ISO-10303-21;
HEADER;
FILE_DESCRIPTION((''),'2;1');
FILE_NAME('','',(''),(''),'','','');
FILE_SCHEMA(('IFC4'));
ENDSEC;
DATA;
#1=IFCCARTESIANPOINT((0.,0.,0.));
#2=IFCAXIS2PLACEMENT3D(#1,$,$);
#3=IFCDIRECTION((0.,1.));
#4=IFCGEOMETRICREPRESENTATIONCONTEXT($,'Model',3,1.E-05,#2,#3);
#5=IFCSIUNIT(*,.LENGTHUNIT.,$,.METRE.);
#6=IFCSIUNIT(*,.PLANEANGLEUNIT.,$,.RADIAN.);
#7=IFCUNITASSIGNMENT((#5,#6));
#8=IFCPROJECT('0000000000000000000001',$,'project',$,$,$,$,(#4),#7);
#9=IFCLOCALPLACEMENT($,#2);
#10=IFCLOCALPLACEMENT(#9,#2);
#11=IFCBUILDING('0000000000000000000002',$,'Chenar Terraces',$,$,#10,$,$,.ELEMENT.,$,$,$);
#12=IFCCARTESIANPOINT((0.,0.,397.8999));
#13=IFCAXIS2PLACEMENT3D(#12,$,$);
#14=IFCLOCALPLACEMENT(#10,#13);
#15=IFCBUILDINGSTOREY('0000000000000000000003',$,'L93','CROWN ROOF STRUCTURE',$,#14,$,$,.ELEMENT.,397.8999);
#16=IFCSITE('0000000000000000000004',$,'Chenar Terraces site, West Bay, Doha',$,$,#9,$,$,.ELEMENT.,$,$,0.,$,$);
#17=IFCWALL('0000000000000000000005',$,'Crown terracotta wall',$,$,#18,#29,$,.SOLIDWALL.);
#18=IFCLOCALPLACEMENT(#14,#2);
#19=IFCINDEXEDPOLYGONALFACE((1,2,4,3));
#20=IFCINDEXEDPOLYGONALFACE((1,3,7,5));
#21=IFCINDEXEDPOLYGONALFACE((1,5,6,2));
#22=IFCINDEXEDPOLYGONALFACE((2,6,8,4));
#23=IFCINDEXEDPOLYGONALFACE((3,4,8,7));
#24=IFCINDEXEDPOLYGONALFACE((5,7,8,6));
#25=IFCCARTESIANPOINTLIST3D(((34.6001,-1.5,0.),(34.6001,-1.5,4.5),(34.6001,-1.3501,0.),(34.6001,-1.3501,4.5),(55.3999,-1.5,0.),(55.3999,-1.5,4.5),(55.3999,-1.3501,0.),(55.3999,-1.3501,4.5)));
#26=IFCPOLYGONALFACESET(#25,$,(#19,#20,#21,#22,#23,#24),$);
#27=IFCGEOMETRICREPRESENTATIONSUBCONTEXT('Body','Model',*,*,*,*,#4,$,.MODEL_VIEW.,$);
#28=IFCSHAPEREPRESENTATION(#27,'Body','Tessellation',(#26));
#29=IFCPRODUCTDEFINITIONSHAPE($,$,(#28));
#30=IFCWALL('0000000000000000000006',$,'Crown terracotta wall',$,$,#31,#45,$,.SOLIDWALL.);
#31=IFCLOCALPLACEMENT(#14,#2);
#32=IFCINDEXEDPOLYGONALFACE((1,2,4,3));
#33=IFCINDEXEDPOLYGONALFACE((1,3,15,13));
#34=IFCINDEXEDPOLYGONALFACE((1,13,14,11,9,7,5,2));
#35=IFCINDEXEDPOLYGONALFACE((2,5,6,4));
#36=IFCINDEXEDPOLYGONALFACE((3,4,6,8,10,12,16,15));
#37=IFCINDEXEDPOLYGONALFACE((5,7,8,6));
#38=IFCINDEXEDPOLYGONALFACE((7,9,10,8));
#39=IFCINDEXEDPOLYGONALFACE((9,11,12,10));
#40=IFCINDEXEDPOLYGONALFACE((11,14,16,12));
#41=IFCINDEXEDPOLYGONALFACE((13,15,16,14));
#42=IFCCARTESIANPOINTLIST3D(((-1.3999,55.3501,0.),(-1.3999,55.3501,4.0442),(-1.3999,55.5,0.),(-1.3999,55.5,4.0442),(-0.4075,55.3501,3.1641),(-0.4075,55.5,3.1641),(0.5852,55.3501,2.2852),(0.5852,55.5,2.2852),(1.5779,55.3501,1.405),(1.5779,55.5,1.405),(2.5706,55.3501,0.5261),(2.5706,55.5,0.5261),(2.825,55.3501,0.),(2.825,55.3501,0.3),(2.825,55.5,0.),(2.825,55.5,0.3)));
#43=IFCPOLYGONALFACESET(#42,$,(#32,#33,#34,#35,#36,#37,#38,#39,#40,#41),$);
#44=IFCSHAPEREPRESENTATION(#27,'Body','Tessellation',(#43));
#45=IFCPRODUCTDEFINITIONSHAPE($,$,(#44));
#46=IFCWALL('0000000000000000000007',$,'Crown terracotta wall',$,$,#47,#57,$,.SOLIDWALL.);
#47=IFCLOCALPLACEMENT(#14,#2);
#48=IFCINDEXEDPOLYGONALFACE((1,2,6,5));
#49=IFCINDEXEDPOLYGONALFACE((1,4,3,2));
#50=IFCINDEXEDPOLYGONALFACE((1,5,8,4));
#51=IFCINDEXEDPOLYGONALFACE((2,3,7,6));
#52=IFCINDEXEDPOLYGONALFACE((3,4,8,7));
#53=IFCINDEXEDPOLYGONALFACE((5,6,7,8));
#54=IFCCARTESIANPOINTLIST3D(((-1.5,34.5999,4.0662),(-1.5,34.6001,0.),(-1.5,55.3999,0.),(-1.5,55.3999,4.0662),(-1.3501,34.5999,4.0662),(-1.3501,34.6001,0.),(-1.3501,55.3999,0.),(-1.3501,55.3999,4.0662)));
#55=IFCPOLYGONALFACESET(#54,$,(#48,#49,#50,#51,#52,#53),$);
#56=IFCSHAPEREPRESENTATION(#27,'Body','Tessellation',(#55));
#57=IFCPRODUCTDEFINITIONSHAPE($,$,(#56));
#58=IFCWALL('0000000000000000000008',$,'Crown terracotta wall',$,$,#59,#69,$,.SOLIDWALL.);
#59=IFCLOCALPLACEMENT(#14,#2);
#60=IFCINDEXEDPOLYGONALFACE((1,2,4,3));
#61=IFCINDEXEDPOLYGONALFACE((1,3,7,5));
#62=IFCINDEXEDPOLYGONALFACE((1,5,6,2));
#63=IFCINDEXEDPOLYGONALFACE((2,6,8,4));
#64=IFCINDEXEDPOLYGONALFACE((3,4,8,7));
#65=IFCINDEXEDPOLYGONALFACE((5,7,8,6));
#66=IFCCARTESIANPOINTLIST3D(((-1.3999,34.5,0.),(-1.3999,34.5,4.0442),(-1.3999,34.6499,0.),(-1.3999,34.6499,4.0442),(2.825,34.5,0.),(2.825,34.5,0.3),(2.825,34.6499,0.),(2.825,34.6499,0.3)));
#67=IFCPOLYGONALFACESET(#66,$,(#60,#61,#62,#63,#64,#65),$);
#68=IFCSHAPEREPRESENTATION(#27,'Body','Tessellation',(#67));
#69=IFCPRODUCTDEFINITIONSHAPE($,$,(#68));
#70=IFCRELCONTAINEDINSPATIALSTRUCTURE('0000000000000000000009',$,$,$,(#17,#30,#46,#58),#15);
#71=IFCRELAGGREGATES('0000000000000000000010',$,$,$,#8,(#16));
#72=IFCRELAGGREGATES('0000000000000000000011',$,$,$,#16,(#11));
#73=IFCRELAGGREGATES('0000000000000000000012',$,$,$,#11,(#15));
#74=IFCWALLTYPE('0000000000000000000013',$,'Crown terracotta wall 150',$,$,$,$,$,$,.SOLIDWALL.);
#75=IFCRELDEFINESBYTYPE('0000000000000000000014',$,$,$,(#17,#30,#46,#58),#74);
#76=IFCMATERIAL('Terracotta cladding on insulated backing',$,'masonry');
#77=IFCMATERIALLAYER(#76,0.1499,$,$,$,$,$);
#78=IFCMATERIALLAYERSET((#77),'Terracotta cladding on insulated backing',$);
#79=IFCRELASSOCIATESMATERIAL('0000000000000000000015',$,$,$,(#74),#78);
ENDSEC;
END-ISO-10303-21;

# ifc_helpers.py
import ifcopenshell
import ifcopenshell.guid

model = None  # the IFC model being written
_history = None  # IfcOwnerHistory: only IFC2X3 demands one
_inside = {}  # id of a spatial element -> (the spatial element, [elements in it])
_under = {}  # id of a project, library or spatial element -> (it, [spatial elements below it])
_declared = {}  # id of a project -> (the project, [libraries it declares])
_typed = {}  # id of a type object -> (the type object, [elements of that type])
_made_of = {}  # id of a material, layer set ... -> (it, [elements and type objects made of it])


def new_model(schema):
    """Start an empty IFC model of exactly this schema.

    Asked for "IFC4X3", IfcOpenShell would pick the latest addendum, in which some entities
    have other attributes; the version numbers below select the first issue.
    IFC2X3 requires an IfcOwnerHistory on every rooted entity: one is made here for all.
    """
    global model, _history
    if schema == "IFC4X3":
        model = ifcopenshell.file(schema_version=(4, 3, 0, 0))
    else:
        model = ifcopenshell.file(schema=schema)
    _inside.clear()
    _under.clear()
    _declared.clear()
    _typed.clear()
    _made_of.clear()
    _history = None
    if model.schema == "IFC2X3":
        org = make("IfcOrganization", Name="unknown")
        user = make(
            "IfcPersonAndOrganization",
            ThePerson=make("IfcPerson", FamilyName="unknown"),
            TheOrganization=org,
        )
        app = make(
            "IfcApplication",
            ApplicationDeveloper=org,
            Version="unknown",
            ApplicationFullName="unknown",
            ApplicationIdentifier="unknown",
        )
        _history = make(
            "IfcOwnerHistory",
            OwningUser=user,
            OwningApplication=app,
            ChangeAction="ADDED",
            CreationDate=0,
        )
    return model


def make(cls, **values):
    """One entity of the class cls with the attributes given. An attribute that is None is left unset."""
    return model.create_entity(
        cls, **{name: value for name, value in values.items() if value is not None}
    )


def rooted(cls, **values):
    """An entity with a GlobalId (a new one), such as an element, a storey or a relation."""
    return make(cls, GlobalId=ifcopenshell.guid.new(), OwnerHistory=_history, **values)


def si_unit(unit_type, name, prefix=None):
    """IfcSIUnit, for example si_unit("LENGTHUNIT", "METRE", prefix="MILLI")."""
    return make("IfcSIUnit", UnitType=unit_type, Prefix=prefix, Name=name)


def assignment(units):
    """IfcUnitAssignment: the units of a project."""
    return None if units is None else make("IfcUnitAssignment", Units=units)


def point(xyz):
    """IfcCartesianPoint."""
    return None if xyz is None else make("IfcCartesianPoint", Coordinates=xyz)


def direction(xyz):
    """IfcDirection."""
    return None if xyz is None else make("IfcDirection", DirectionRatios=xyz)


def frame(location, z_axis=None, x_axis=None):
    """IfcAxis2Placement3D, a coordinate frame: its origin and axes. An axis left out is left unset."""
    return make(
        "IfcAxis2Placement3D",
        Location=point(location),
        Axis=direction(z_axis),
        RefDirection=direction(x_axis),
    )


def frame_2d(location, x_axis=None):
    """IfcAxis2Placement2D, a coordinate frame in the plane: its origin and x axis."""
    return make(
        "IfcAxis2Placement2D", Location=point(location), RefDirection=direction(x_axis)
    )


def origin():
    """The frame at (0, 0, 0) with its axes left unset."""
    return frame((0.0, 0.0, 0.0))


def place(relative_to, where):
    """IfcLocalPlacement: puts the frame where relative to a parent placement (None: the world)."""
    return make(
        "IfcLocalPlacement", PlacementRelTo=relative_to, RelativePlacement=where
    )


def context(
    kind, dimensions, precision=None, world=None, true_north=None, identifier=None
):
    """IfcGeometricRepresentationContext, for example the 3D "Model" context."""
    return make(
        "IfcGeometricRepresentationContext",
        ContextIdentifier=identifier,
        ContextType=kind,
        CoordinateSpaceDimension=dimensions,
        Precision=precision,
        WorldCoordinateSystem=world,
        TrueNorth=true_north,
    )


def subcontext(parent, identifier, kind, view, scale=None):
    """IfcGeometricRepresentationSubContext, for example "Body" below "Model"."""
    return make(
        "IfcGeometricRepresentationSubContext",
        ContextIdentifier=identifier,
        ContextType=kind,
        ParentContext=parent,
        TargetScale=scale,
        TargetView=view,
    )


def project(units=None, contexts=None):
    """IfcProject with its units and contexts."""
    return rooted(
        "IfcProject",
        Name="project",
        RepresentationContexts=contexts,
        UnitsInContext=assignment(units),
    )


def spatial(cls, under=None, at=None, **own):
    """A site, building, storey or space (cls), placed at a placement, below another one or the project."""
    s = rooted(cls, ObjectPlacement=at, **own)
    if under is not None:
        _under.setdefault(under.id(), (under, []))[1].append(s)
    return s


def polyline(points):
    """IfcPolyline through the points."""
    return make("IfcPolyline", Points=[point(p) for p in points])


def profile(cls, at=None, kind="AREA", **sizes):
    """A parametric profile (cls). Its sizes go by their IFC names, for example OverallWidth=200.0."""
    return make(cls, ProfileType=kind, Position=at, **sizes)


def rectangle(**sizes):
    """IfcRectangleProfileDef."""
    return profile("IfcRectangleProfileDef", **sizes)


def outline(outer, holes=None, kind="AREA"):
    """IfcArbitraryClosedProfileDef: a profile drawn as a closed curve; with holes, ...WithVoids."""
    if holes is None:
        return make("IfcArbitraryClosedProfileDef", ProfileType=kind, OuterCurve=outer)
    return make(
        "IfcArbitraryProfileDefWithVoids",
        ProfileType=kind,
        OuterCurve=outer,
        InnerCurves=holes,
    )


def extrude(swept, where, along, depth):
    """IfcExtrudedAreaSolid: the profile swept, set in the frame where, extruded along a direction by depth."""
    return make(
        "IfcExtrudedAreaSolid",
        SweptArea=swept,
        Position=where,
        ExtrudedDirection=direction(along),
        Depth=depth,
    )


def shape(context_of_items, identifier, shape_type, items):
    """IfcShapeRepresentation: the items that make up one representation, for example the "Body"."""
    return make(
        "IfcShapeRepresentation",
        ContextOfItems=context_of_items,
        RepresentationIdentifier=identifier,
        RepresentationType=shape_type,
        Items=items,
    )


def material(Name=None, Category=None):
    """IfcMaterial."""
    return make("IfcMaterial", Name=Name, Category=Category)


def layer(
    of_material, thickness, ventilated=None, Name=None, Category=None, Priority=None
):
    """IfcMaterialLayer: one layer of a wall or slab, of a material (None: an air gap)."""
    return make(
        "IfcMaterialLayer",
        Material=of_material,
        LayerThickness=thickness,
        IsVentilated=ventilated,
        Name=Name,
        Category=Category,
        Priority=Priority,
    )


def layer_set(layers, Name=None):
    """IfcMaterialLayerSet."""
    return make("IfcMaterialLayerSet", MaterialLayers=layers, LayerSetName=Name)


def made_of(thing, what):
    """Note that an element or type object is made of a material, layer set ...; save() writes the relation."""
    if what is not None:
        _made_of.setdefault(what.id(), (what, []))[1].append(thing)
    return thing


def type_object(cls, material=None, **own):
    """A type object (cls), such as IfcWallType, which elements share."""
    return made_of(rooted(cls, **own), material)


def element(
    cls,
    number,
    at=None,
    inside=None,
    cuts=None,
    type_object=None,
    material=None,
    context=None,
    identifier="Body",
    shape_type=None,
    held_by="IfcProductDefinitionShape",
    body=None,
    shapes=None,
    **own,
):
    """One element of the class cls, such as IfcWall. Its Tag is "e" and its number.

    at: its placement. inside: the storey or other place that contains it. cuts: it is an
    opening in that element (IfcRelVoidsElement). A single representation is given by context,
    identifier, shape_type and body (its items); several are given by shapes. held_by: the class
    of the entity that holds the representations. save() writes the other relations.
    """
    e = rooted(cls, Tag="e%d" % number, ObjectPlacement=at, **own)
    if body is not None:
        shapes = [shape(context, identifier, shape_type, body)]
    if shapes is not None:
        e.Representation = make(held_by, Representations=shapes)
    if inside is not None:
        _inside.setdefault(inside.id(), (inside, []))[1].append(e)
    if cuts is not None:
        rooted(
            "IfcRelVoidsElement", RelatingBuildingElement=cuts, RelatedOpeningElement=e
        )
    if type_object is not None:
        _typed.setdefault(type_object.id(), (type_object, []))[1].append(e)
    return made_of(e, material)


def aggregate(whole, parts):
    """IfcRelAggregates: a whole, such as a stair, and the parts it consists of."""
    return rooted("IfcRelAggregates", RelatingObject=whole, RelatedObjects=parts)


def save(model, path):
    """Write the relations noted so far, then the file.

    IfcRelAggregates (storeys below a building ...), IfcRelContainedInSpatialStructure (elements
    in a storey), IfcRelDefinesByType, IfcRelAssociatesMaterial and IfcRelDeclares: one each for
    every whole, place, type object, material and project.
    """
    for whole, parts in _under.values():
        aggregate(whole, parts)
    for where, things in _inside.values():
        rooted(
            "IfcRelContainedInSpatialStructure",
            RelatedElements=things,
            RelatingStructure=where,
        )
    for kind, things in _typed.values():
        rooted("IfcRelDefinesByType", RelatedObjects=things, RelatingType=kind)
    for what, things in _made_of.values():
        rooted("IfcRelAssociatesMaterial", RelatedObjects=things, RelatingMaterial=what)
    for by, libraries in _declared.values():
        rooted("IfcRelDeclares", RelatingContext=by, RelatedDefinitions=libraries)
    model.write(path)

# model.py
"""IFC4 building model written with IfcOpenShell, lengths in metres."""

from ifc_helpers import new_model, si_unit, direction, frame, frame_2d, origin, place, context, subcontext, project, spatial, polyline, rectangle, outline, extrude, material, layer, layer_set, type_object, element, save


model = new_model("IFC4")

# Units and contexts
model_context = context("Model", 3, precision=1e-05, world=origin(), true_north=direction((0.0, 1.0)))
body_context = subcontext(model_context, "Body", "Model", "MODEL_VIEW")
ifc_project = project(units=[si_unit("LENGTHUNIT", "METRE"), si_unit("PLANEANGLEUNIT", "RADIAN")], contexts=[model_context])

# Site, building, storey
site_placement = place(None, origin())
site = spatial("IfcSite", under=ifc_project, at=site_placement, Name="Chenar Terraces site, West Bay, Doha", CompositionType="ELEMENT", RefElevation=0.0)
building_placement = place(site_placement, origin())
building = spatial("IfcBuilding", under=site, at=building_placement, Name="Chenar Terraces", CompositionType="ELEMENT")
storey_placement = place(building_placement, frame((0.0, 0.0, 397.8999)))
storey = spatial("IfcBuildingStorey", under=building, at=storey_placement, Name="L93", Description="CROWN ROOF STRUCTURE", CompositionType="ELEMENT", Elevation=397.8999)

# Walls
ifc_material_1 = material(Name="Terracotta cladding on insulated backing", Category="masonry")
ifc_layer_1 = layer(ifc_material_1, 0.1499)
ifc_layer_set_1 = layer_set([ifc_layer_1], Name="Terracotta cladding on insulated backing")
wall_type = type_object("IfcWallType", Name="Crown terracotta wall 150", PredefinedType="SOLIDWALL", material=ifc_layer_set_1)
wall_1_placement = place(storey_placement, frame((34.6001, -1.425, 0.0), z_axis=(0.0, 0.0, 1.0), x_axis=(1.0, 0.0, 0.0)))
element("IfcWall", 1, at=wall_1_placement, inside=storey, type_object=wall_type, Name="Crown terracotta wall", PredefinedType="SOLIDWALL", context=body_context, shape_type="SweptSolid", body=[
    extrude(rectangle(XDim=20.7998, YDim=0.1499, at=frame_2d((10.3999, 0.0))), origin(), (0.0, 0.0, 1.0), 4.5),
])
wall_2_placement = place(storey_placement, frame((2.825, 55.425, 0.0), z_axis=(0.0, 0.0, 1.0), x_axis=(-1.0, 0.0, 0.0)))
element("IfcWall", 2, at=wall_2_placement, inside=storey, type_object=wall_type, Name="Crown terracotta wall", PredefinedType="SOLIDWALL", context=body_context, shape_type="SweptSolid", body=[
    extrude(outline(polyline([(0.0, 0.0), (4.2249, 0.0), (4.2249, 4.0442), (3.2324, 3.1641), (2.2397, 2.2852), (1.2471, 1.405), (0.2544, 0.5261), (0.0, 0.3), (0.0, 0.0)])), frame((0.0, 0.075, 0.0), z_axis=(0.0, -1.0, 0.0), x_axis=(1.0, 0.0, 0.0)), (0.0, 0.0, 1.0), 0.1499),
])
wall_3_placement = place(storey_placement, frame((-1.425, 55.3999, 0.0), z_axis=(0.0, 0.0, 1.0), x_axis=(0.0, -1.0, 0.0)))
element("IfcWall", 3, at=wall_3_placement, inside=storey, type_object=wall_type, Name="Crown terracotta wall", PredefinedType="SOLIDWALL", context=body_context, shape_type="SweptSolid", body=[
    extrude(outline(polyline([(0.0, 0.0), (20.7998, 0.0), (20.8, 4.0662), (0.0, 4.0662), (0.0, 0.0)])), frame((0.0, 0.075, 0.0), z_axis=(0.0, -1.0, 0.0), x_axis=(1.0, 0.0, 0.0)), (0.0, 0.0, 1.0), 0.1499),
])
wall_4_placement = place(storey_placement, frame((-1.3999, 34.575, 0.0), z_axis=(0.0, 0.0, 1.0), x_axis=(1.0, 0.0, 0.0)))
element("IfcWall", 4, at=wall_4_placement, inside=storey, type_object=wall_type, Name="Crown terracotta wall", PredefinedType="SOLIDWALL", context=body_context, shape_type="SweptSolid", body=[
    extrude(outline(polyline([(0.0, 0.0), (4.2249, 0.0), (4.2249, 0.3), (0.0, 4.0442), (0.0, 0.0)])), frame((0.0, 0.075, 0.0), z_axis=(0.0, -1.0, 0.0), x_axis=(1.0, 0.0, 0.0)), (0.0, 0.0, 1.0), 0.1499),
])

save(model, "model.ifc")
